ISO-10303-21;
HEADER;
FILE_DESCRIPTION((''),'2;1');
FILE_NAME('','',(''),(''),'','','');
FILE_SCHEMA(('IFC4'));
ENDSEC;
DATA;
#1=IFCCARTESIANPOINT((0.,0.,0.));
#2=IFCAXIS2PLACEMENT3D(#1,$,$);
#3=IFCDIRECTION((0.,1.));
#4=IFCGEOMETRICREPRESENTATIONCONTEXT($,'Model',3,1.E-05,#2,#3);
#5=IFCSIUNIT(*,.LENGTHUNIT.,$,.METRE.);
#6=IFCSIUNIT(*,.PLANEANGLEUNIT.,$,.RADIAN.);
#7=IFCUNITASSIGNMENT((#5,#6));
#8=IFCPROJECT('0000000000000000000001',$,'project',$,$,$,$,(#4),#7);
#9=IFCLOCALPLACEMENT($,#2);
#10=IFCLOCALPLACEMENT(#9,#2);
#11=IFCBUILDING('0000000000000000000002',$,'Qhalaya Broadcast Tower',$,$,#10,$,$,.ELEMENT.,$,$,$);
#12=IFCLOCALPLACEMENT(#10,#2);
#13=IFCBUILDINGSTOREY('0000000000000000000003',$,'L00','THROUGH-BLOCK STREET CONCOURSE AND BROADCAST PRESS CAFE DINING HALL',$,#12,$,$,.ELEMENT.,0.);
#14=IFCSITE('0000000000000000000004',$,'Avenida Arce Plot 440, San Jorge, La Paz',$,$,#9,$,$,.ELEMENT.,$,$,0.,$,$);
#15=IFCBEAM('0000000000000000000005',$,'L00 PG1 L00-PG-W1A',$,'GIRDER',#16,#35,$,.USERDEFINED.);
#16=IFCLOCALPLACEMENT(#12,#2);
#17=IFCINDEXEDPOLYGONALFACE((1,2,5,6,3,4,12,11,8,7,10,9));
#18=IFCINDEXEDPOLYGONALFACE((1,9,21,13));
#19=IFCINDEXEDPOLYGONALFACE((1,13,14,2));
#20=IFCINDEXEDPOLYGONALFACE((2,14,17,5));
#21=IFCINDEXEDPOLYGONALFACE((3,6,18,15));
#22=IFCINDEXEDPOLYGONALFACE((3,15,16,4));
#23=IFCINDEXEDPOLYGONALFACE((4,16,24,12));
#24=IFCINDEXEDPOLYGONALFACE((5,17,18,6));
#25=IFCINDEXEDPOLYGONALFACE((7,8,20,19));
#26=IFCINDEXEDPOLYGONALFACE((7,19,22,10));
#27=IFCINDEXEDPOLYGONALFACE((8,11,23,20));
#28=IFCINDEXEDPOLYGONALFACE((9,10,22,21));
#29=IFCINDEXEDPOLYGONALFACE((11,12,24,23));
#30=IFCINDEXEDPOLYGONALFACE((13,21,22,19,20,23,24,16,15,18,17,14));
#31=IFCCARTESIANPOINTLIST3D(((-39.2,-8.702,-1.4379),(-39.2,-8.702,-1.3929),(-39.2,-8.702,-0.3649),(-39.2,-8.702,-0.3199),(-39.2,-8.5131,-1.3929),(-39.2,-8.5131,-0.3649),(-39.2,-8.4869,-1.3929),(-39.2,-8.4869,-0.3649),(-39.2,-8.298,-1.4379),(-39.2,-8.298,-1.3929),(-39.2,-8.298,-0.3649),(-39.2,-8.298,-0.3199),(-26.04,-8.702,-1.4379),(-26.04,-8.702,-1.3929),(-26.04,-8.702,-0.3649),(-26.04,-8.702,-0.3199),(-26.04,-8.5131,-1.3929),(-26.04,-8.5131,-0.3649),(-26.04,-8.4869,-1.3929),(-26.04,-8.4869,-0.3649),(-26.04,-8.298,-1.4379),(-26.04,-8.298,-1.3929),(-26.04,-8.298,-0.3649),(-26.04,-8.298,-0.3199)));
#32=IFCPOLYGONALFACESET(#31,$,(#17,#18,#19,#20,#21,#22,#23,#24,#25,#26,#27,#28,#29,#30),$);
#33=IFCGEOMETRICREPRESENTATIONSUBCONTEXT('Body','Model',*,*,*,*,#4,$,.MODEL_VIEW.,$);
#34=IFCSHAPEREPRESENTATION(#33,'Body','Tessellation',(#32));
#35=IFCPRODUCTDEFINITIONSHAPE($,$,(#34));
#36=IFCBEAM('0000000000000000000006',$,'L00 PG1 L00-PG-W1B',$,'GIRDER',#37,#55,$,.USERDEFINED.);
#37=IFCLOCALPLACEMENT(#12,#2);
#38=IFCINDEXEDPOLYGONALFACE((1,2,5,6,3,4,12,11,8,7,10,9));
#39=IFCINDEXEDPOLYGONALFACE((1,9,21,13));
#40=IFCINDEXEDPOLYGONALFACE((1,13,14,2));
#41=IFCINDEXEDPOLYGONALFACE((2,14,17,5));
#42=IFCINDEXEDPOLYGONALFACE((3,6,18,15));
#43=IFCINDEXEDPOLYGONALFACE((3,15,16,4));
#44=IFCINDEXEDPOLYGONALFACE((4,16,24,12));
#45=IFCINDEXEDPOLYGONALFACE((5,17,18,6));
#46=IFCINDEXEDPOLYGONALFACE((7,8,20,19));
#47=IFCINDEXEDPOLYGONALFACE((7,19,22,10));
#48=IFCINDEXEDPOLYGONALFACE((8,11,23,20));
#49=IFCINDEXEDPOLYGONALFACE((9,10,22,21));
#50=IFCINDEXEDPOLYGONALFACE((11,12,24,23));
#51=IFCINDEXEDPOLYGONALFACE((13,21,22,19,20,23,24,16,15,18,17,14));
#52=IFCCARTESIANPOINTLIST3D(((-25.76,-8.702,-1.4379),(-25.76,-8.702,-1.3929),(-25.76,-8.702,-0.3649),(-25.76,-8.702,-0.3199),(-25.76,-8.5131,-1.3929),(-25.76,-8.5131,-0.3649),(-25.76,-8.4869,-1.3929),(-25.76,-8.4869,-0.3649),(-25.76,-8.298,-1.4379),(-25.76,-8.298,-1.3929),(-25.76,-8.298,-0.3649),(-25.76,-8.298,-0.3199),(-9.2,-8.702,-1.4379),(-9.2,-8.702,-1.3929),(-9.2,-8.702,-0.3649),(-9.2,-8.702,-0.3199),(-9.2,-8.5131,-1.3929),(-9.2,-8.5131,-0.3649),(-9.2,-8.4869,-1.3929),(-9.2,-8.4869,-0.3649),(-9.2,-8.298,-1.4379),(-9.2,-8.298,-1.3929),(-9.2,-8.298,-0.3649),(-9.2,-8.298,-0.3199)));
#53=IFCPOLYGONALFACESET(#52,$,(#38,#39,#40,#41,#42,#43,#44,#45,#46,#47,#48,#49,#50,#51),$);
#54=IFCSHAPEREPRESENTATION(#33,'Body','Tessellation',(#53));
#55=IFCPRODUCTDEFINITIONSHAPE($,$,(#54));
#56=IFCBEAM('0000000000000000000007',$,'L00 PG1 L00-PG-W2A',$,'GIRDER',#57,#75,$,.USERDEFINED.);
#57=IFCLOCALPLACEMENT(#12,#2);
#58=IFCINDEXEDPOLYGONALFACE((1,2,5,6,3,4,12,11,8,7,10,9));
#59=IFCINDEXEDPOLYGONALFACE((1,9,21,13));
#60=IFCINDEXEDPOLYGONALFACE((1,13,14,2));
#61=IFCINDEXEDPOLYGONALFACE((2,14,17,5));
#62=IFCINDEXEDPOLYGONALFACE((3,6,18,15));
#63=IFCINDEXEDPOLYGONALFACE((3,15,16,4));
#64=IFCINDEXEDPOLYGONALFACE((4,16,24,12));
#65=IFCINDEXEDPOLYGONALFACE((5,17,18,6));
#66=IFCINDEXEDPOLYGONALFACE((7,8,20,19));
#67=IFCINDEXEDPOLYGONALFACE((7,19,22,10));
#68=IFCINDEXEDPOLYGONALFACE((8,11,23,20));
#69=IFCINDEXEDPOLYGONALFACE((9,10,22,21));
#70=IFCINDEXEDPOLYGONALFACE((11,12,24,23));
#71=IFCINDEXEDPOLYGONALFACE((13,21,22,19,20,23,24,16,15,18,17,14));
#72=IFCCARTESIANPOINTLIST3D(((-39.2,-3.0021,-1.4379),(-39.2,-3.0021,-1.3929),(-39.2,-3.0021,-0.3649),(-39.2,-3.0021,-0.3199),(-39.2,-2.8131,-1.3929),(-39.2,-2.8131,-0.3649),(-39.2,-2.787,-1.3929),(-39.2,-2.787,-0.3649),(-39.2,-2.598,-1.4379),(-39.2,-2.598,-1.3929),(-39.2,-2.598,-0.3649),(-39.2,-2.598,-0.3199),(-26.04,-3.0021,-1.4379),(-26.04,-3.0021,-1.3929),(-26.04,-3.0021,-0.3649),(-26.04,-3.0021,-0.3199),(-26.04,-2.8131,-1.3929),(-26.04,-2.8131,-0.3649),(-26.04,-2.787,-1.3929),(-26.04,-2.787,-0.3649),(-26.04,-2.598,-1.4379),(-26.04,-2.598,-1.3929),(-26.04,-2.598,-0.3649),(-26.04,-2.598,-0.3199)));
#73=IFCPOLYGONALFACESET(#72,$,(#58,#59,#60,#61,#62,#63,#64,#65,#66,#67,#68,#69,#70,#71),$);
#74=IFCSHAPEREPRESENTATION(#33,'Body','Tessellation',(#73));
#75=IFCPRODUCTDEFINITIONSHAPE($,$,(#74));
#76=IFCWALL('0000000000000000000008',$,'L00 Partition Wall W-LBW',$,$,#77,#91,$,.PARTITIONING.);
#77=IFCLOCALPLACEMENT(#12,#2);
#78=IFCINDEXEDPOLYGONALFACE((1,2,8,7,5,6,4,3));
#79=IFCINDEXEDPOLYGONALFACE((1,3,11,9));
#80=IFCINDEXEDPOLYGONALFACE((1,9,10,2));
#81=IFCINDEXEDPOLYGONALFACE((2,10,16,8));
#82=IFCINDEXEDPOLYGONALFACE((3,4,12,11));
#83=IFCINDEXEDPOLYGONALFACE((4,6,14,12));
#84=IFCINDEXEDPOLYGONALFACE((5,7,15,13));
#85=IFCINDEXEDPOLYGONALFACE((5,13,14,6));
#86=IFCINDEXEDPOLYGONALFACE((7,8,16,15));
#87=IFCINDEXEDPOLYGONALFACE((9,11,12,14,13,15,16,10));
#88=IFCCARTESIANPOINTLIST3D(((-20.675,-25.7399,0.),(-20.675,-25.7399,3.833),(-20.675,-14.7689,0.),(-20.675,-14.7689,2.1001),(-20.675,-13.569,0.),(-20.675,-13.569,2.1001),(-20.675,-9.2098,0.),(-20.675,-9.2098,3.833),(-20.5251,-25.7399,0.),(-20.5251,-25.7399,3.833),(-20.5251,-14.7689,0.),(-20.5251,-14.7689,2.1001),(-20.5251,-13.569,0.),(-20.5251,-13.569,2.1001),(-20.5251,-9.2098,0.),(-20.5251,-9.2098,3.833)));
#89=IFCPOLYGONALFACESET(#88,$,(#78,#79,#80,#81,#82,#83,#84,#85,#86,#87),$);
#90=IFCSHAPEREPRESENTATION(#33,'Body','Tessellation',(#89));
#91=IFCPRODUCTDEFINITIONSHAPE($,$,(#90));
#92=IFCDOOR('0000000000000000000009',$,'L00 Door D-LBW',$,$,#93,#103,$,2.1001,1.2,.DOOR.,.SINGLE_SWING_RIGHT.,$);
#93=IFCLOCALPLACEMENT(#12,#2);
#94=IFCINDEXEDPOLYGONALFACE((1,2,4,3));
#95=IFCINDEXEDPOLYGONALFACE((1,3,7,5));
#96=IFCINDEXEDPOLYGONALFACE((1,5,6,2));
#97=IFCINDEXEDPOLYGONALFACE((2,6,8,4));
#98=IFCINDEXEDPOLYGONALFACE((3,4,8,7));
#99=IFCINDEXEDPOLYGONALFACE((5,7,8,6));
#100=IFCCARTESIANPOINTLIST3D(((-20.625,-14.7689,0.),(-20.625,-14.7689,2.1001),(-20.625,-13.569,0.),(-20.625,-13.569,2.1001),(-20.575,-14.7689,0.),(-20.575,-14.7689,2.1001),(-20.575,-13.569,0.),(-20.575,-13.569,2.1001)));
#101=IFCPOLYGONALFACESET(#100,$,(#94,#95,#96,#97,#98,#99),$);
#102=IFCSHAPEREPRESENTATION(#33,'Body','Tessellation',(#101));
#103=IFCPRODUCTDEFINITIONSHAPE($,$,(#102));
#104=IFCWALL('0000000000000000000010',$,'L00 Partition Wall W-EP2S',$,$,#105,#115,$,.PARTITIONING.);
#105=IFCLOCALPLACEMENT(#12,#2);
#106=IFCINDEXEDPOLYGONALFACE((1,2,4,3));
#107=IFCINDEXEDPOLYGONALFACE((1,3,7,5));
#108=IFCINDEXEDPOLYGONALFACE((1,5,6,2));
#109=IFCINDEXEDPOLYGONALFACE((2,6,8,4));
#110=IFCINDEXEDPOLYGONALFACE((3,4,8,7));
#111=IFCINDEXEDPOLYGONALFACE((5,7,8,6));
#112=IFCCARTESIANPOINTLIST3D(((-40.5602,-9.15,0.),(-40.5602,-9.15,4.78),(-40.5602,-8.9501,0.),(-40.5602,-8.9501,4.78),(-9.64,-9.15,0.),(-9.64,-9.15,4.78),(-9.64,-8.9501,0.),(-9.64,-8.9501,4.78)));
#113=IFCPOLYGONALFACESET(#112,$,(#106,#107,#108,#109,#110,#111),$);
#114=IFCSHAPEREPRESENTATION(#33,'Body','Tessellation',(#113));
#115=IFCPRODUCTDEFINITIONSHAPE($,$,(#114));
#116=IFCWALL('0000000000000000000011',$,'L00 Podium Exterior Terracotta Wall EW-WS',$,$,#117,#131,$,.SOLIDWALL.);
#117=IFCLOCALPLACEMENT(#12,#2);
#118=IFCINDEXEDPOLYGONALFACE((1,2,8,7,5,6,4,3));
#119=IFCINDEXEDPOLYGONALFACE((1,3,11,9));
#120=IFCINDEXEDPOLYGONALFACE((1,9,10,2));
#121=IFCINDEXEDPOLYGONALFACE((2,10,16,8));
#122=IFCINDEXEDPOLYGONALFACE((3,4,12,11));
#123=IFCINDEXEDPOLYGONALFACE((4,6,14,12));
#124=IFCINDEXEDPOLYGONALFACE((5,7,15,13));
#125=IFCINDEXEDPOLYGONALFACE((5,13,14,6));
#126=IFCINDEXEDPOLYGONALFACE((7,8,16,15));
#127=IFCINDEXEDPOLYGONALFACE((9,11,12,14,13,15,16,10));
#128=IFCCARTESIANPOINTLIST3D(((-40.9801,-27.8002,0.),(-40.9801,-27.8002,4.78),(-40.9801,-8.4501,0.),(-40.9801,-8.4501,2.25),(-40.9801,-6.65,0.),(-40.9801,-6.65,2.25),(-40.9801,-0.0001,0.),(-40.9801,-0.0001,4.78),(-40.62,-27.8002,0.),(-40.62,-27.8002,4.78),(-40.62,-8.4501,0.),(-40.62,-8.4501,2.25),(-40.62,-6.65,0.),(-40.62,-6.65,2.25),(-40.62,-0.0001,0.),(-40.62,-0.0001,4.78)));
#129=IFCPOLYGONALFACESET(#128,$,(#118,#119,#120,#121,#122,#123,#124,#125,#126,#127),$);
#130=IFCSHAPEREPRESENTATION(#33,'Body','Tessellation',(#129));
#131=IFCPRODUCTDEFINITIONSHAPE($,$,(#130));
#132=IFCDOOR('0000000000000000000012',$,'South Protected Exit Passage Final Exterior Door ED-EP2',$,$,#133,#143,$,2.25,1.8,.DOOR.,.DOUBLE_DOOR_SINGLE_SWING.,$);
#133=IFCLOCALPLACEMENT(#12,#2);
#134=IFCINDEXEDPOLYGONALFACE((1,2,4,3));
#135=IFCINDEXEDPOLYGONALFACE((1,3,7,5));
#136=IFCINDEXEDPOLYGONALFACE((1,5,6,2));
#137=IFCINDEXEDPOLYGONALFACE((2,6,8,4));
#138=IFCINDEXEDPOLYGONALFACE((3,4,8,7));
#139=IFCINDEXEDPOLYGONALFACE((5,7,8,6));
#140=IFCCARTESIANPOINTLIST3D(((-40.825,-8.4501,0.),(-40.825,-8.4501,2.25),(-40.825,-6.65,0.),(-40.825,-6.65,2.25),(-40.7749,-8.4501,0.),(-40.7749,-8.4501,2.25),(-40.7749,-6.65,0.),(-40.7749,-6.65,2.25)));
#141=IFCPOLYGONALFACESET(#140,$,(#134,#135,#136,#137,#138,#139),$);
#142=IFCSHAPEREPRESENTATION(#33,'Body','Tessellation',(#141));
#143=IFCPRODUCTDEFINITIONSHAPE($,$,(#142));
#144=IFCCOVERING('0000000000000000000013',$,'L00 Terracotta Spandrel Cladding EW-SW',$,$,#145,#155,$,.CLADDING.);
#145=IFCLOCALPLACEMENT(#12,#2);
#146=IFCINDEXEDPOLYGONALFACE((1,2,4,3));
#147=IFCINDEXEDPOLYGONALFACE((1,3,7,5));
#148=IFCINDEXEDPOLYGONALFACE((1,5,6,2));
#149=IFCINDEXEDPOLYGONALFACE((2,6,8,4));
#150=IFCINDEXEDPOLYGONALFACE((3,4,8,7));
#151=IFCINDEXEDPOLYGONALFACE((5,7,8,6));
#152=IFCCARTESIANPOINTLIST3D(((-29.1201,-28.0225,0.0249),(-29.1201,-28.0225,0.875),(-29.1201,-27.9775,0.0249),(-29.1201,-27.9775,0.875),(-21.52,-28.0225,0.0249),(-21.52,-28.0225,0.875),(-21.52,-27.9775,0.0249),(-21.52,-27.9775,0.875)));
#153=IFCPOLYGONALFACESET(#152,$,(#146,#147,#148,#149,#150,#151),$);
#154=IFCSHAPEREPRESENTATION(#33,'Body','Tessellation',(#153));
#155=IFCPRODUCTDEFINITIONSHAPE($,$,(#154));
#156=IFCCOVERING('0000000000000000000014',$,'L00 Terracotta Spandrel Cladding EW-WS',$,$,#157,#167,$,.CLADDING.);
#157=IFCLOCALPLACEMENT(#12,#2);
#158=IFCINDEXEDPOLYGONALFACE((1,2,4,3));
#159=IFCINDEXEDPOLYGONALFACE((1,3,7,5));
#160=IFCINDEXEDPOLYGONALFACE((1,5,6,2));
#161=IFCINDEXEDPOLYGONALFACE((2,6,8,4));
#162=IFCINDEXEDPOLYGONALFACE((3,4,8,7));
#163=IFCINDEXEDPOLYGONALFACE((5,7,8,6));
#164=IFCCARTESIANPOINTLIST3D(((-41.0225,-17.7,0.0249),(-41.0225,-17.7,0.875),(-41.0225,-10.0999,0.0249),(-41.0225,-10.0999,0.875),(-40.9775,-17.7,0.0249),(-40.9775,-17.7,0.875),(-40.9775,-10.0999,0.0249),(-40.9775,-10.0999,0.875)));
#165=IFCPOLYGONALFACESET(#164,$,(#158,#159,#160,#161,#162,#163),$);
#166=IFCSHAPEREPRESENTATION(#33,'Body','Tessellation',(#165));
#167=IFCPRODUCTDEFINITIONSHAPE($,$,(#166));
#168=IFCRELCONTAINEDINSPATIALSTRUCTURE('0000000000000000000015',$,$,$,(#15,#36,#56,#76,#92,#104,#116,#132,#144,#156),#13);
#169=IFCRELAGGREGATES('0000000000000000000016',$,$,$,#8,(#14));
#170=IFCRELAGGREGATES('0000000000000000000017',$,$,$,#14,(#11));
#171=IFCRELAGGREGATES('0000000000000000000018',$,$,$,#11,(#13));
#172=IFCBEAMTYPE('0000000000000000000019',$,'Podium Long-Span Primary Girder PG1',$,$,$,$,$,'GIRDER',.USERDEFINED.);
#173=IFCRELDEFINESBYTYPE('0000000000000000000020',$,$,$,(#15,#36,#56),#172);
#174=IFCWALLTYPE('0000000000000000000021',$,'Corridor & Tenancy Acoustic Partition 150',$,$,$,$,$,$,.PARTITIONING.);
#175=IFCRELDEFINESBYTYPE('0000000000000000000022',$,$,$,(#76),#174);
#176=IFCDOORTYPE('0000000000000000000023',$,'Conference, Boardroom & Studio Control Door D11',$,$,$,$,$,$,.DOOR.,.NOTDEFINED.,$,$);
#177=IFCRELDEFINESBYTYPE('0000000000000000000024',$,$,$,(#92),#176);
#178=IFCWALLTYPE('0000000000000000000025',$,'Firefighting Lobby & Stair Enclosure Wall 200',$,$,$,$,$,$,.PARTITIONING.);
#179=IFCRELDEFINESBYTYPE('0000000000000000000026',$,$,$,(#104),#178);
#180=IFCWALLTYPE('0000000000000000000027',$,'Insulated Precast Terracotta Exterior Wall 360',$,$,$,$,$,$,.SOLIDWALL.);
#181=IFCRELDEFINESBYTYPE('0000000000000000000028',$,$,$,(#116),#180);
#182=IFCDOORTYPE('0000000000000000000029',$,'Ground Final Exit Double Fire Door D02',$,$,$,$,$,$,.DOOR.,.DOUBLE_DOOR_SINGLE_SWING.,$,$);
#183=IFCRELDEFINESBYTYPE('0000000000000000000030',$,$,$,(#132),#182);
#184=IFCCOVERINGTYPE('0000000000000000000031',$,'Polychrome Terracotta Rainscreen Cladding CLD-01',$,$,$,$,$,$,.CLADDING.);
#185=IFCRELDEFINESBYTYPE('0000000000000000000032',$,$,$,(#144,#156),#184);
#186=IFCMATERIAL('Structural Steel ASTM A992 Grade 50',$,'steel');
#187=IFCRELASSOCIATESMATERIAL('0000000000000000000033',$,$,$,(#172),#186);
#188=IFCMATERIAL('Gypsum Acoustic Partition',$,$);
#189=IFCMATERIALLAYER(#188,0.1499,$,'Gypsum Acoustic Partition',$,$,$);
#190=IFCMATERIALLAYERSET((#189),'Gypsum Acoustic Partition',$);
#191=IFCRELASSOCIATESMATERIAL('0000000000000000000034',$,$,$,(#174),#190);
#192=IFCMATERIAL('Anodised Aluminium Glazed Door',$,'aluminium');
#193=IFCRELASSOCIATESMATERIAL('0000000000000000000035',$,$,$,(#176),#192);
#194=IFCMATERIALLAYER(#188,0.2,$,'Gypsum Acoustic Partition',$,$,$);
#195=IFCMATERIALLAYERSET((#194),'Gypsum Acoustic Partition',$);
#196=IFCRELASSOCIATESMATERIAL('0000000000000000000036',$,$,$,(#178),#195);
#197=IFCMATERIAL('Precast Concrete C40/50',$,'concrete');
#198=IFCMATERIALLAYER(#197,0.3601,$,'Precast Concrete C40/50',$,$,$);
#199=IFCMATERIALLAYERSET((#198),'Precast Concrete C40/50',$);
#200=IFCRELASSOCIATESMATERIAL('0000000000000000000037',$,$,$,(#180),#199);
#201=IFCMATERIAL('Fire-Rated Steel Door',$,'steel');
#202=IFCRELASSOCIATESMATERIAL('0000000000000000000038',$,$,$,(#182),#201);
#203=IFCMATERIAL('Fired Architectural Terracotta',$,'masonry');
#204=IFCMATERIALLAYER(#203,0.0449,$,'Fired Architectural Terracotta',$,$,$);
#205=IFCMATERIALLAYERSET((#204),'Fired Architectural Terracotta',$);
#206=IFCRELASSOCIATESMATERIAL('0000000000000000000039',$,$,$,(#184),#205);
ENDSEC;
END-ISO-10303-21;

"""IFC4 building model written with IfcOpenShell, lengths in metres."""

from ifc_helpers import new_model, si_unit, direction, frame, frame_2d, origin, origin_2d, place, context, subcontext, project, spatial, rectangle, i_section, extrude, material, layer, layer_set, material_profile, profile_set, type_object, element, fill, save


model = new_model("IFC4")

# Units and contexts
model_context = context("Model", 3, precision=1e-05, world=origin(), true_north=direction((0.0, 1.0)))
body_context = subcontext(model_context, "Body", "Model", "MODEL_VIEW")
ifc_project = project(units=[si_unit("LENGTHUNIT", "METRE"), si_unit("PLANEANGLEUNIT", "RADIAN")], contexts=[model_context])

# Site, building, storey
site_placement = place(None, origin())
site = spatial("IfcSite", under=ifc_project, at=site_placement, Name="Avenida Arce Plot 440, San Jorge, La Paz", CompositionType="ELEMENT", RefElevation=0.0)
building_placement = place(site_placement, origin())
building = spatial("IfcBuilding", under=site, at=building_placement, Name="Qhalaya Broadcast Tower", CompositionType="ELEMENT")
storey_placement = place(building_placement, origin())
storey = spatial("IfcBuildingStorey", under=building, at=storey_placement, Name="L00", Description="THROUGH-BLOCK STREET CONCOURSE AND BROADCAST PRESS CAFE DINING HALL", CompositionType="ELEMENT", Elevation=0.0)

# Beams
ifc_material_1 = material(Name="Structural Steel ASTM A992 Grade 50", Category="steel")
ifc_material_profile_1 = material_profile(ifc_material_1, i_section(OverallWidth=0.4041, OverallDepth=1.1179, WebThickness=0.0261, FlangeThickness=0.0449, at=origin_2d()), Name="W44X335")
ifc_profile_set_1 = profile_set([ifc_material_profile_1], Name="Structural Steel ASTM A992 Grade 50")
beam_type_1 = type_object("IfcBeamType", Name="Podium Long-Span Primary Girder PG1", ElementType="GIRDER", PredefinedType="USERDEFINED", material=ifc_profile_set_1)
beam_1_placement = place(storey_placement, frame((-39.2, -8.5, -0.8789), z_axis=(1.0, 0.0, 0.0), x_axis=(0.0, 1.0, 0.0)))
element("IfcBeam", 1, at=beam_1_placement, inside=storey, type_object=beam_type_1, Name="L00 PG1 L00-PG-W1A", ObjectType="GIRDER", PredefinedType="USERDEFINED", context=body_context, shape_type="SweptSolid", body=[
    extrude(i_section(OverallWidth=0.4041, OverallDepth=1.1179, WebThickness=0.0261, FlangeThickness=0.0449, at=origin_2d()), origin(), (0.0, 0.0, 1.0), 13.1599),
])
beam_2_placement = place(storey_placement, frame((-25.76, -8.5, -0.8789), z_axis=(1.0, 0.0, 0.0), x_axis=(0.0, 1.0, 0.0)))
element("IfcBeam", 2, at=beam_2_placement, inside=storey, type_object=beam_type_1, Name="L00 PG1 L00-PG-W1B", ObjectType="GIRDER", PredefinedType="USERDEFINED", context=body_context, shape_type="SweptSolid", body=[
    extrude(i_section(OverallWidth=0.4041, OverallDepth=1.1179, WebThickness=0.0261, FlangeThickness=0.0449, at=origin_2d()), origin(), (0.0, 0.0, 1.0), 16.5601),
])
beam_3_placement = place(storey_placement, frame((-39.2, -2.8, -0.8789), z_axis=(1.0, 0.0, 0.0), x_axis=(0.0, 1.0, 0.0)))
element("IfcBeam", 3, at=beam_3_placement, inside=storey, type_object=beam_type_1, Name="L00 PG1 L00-PG-W2A", ObjectType="GIRDER", PredefinedType="USERDEFINED", context=body_context, shape_type="SweptSolid", body=[
    extrude(i_section(OverallWidth=0.4041, OverallDepth=1.1179, WebThickness=0.0261, FlangeThickness=0.0449, at=origin_2d()), origin(), (0.0, 0.0, 1.0), 13.1599),
])

# Wall, opening, door
ifc_material_2 = material(Name="Gypsum Acoustic Partition")
ifc_layer_1 = layer(ifc_material_2, 0.1499, Name="Gypsum Acoustic Partition")
ifc_layer_set_1 = layer_set([ifc_layer_1], Name="Gypsum Acoustic Partition")
wall_type_1 = type_object("IfcWallType", Name="Corridor & Tenancy Acoustic Partition 150", PredefinedType="PARTITIONING", material=ifc_layer_set_1)
wall_1_placement = place(storey_placement, frame((-20.6001, -25.74, 0.0), z_axis=(0.0, 0.0, 1.0), x_axis=(0.0, 1.0, 0.0)))
wall_1 = element("IfcWall", 4, at=wall_1_placement, inside=storey, type_object=wall_type_1, Name="L00 Partition Wall W-LBW", PredefinedType="PARTITIONING", context=body_context, shape_type="SweptSolid", body=[
    extrude(rectangle(XDim=16.53, YDim=0.1499, at=frame_2d((8.2651, 0.0))), origin(), (0.0, 0.0, 1.0), 3.833),
])
opening_1_placement = place(wall_1_placement, frame((10.9709, 0.0, 0.0)))
opening_1 = element("IfcOpeningElement", 5, at=opening_1_placement, cuts=wall_1, PredefinedType="OPENING", context=body_context, shape_type="SweptSolid", body=[
    extrude(rectangle(XDim=1.2, YDim=2.1001, at=frame_2d((0.6001, 1.05))), frame((0.0, 0.0869, 0.0), z_axis=(0.0, -1.0, 0.0), x_axis=(1.0, 0.0, 0.0)), (0.0, 0.0, 1.0), 0.1738),
])
ifc_material_3 = material(Name="Anodised Aluminium Glazed Door", Category="aluminium")
door_type_1 = type_object("IfcDoorType", Name="Conference, Boardroom & Studio Control Door D11", OperationType="NOTDEFINED", PredefinedType="DOOR", material=ifc_material_3)
door_1_placement = place(opening_1_placement, origin())
door_1 = element("IfcDoor", 6, at=door_1_placement, inside=storey, type_object=door_type_1, Name="L00 Door D-LBW", OperationType="SINGLE_SWING_RIGHT", OverallHeight=2.1001, OverallWidth=1.2, PredefinedType="DOOR", context=body_context, shape_type="SweptSolid", body=[
    extrude(rectangle(XDim=1.2, YDim=2.1001, at=frame_2d((0.6001, 1.05))), frame((0.0, 0.0249, 0.0), z_axis=(0.0, -1.0, 0.0), x_axis=(1.0, 0.0, 0.0)), (0.0, 0.0, 1.0), 0.05),
])
fill(opening_1, door_1)

# Wall
ifc_layer_2 = layer(ifc_material_2, 0.2, Name="Gypsum Acoustic Partition")
ifc_layer_set_2 = layer_set([ifc_layer_2], Name="Gypsum Acoustic Partition")
wall_type_2 = type_object("IfcWallType", Name="Firefighting Lobby & Stair Enclosure Wall 200", PredefinedType="PARTITIONING", material=ifc_layer_set_2)
wall_2_placement = place(storey_placement, frame((-40.5601, -9.05, 0.0), z_axis=(0.0, 0.0, 1.0), x_axis=(1.0, 0.0, 0.0)))
element("IfcWall", 7, at=wall_2_placement, inside=storey, type_object=wall_type_2, Name="L00 Partition Wall W-EP2S", PredefinedType="PARTITIONING", context=body_context, shape_type="SweptSolid", body=[
    extrude(rectangle(XDim=30.9202, YDim=0.2, at=frame_2d((15.46, 0.0))), origin(), (0.0, 0.0, 1.0), 4.78),
])

# Wall, opening, door
ifc_material_4 = material(Name="Precast Concrete C40/50", Category="concrete")
ifc_layer_3 = layer(ifc_material_4, 0.3601, Name="Precast Concrete C40/50")
ifc_layer_set_3 = layer_set([ifc_layer_3], Name="Precast Concrete C40/50")
wall_type_3 = type_object("IfcWallType", Name="Insulated Precast Terracotta Exterior Wall 360", PredefinedType="SOLIDWALL", material=ifc_layer_set_3)
wall_3_placement = place(storey_placement, frame((-40.8, -27.8, 0.0), z_axis=(0.0, 0.0, 1.0), x_axis=(0.0, 1.0, 0.0)))
wall_3 = element("IfcWall", 8, at=wall_3_placement, inside=storey, type_object=wall_type_3, Name="L00 Podium Exterior Terracotta Wall EW-WS", PredefinedType="SOLIDWALL", context=body_context, shape_type="SweptSolid", body=[
    extrude(rectangle(XDim=27.8, YDim=0.3601, at=frame_2d((13.8999, 0.0))), origin(), (0.0, 0.0, 1.0), 4.78),
])
opening_2_placement = place(wall_3_placement, frame((19.3501, 0.0, 0.0)))
opening_2 = element("IfcOpeningElement", 9, at=opening_2_placement, cuts=wall_3, PredefinedType="OPENING", context=body_context, shape_type="SweptSolid", body=[
    extrude(rectangle(XDim=1.8, YDim=2.25, at=frame_2d((0.8999, 1.125))), frame((0.0, 0.1921, 0.0), z_axis=(0.0, -1.0, 0.0), x_axis=(1.0, 0.0, 0.0)), (0.0, 0.0, 1.0), 0.384),
])
ifc_material_5 = material(Name="Fire-Rated Steel Door", Category="steel")
door_type_2 = type_object("IfcDoorType", Name="Ground Final Exit Double Fire Door D02", OperationType="DOUBLE_DOOR_SINGLE_SWING", PredefinedType="DOOR", material=ifc_material_5)
door_2_placement = place(opening_2_placement, origin())
door_2 = element("IfcDoor", 10, at=door_2_placement, inside=storey, type_object=door_type_2, Name="South Protected Exit Passage Final Exterior Door ED-EP2", OperationType="DOUBLE_DOOR_SINGLE_SWING", OverallHeight=2.25, OverallWidth=1.8, PredefinedType="DOOR", context=body_context, shape_type="SweptSolid", body=[
    extrude(rectangle(XDim=1.8, YDim=2.25, at=frame_2d((0.8999, 1.125))), frame((0.0, 0.0249, 0.0), z_axis=(0.0, -1.0, 0.0), x_axis=(1.0, 0.0, 0.0)), (0.0, 0.0, 1.0), 0.05),
])
fill(opening_2, door_2)

# Coverings
ifc_material_6 = material(Name="Fired Architectural Terracotta", Category="masonry")
ifc_layer_4 = layer(ifc_material_6, 0.0449, Name="Fired Architectural Terracotta")
ifc_layer_set_4 = layer_set([ifc_layer_4], Name="Fired Architectural Terracotta")
covering_type = type_object("IfcCoveringType", Name="Polychrome Terracotta Rainscreen Cladding CLD-01", PredefinedType="CLADDING", material=ifc_layer_set_4)
for number, where, z_axis, x_axis, name in (
    (11, (-25.3201, -28.0, 0.0249), (0.0, 0.0, 1.0), (-1.0, 0.0, 0.0), "L00 Terracotta Spandrel Cladding EW-SW"),
    (12, (-41.0, -13.8999, 0.0249), (0.0, 0.0, 1.0), (0.0, 1.0, 0.0), "L00 Terracotta Spandrel Cladding EW-WS"),
):
    element("IfcCovering", number, at=place(storey_placement, frame(where, z_axis=z_axis, x_axis=x_axis)), inside=storey, type_object=covering_type, Name=name, PredefinedType="CLADDING", context=body_context, shape_type="SweptSolid", body=[
        extrude(rectangle(XDim=7.6001, YDim=0.0449, at=origin_2d()), origin(), (0.0, 0.0, 1.0), 0.8501),
    ])

save(model, "model.ifc")
